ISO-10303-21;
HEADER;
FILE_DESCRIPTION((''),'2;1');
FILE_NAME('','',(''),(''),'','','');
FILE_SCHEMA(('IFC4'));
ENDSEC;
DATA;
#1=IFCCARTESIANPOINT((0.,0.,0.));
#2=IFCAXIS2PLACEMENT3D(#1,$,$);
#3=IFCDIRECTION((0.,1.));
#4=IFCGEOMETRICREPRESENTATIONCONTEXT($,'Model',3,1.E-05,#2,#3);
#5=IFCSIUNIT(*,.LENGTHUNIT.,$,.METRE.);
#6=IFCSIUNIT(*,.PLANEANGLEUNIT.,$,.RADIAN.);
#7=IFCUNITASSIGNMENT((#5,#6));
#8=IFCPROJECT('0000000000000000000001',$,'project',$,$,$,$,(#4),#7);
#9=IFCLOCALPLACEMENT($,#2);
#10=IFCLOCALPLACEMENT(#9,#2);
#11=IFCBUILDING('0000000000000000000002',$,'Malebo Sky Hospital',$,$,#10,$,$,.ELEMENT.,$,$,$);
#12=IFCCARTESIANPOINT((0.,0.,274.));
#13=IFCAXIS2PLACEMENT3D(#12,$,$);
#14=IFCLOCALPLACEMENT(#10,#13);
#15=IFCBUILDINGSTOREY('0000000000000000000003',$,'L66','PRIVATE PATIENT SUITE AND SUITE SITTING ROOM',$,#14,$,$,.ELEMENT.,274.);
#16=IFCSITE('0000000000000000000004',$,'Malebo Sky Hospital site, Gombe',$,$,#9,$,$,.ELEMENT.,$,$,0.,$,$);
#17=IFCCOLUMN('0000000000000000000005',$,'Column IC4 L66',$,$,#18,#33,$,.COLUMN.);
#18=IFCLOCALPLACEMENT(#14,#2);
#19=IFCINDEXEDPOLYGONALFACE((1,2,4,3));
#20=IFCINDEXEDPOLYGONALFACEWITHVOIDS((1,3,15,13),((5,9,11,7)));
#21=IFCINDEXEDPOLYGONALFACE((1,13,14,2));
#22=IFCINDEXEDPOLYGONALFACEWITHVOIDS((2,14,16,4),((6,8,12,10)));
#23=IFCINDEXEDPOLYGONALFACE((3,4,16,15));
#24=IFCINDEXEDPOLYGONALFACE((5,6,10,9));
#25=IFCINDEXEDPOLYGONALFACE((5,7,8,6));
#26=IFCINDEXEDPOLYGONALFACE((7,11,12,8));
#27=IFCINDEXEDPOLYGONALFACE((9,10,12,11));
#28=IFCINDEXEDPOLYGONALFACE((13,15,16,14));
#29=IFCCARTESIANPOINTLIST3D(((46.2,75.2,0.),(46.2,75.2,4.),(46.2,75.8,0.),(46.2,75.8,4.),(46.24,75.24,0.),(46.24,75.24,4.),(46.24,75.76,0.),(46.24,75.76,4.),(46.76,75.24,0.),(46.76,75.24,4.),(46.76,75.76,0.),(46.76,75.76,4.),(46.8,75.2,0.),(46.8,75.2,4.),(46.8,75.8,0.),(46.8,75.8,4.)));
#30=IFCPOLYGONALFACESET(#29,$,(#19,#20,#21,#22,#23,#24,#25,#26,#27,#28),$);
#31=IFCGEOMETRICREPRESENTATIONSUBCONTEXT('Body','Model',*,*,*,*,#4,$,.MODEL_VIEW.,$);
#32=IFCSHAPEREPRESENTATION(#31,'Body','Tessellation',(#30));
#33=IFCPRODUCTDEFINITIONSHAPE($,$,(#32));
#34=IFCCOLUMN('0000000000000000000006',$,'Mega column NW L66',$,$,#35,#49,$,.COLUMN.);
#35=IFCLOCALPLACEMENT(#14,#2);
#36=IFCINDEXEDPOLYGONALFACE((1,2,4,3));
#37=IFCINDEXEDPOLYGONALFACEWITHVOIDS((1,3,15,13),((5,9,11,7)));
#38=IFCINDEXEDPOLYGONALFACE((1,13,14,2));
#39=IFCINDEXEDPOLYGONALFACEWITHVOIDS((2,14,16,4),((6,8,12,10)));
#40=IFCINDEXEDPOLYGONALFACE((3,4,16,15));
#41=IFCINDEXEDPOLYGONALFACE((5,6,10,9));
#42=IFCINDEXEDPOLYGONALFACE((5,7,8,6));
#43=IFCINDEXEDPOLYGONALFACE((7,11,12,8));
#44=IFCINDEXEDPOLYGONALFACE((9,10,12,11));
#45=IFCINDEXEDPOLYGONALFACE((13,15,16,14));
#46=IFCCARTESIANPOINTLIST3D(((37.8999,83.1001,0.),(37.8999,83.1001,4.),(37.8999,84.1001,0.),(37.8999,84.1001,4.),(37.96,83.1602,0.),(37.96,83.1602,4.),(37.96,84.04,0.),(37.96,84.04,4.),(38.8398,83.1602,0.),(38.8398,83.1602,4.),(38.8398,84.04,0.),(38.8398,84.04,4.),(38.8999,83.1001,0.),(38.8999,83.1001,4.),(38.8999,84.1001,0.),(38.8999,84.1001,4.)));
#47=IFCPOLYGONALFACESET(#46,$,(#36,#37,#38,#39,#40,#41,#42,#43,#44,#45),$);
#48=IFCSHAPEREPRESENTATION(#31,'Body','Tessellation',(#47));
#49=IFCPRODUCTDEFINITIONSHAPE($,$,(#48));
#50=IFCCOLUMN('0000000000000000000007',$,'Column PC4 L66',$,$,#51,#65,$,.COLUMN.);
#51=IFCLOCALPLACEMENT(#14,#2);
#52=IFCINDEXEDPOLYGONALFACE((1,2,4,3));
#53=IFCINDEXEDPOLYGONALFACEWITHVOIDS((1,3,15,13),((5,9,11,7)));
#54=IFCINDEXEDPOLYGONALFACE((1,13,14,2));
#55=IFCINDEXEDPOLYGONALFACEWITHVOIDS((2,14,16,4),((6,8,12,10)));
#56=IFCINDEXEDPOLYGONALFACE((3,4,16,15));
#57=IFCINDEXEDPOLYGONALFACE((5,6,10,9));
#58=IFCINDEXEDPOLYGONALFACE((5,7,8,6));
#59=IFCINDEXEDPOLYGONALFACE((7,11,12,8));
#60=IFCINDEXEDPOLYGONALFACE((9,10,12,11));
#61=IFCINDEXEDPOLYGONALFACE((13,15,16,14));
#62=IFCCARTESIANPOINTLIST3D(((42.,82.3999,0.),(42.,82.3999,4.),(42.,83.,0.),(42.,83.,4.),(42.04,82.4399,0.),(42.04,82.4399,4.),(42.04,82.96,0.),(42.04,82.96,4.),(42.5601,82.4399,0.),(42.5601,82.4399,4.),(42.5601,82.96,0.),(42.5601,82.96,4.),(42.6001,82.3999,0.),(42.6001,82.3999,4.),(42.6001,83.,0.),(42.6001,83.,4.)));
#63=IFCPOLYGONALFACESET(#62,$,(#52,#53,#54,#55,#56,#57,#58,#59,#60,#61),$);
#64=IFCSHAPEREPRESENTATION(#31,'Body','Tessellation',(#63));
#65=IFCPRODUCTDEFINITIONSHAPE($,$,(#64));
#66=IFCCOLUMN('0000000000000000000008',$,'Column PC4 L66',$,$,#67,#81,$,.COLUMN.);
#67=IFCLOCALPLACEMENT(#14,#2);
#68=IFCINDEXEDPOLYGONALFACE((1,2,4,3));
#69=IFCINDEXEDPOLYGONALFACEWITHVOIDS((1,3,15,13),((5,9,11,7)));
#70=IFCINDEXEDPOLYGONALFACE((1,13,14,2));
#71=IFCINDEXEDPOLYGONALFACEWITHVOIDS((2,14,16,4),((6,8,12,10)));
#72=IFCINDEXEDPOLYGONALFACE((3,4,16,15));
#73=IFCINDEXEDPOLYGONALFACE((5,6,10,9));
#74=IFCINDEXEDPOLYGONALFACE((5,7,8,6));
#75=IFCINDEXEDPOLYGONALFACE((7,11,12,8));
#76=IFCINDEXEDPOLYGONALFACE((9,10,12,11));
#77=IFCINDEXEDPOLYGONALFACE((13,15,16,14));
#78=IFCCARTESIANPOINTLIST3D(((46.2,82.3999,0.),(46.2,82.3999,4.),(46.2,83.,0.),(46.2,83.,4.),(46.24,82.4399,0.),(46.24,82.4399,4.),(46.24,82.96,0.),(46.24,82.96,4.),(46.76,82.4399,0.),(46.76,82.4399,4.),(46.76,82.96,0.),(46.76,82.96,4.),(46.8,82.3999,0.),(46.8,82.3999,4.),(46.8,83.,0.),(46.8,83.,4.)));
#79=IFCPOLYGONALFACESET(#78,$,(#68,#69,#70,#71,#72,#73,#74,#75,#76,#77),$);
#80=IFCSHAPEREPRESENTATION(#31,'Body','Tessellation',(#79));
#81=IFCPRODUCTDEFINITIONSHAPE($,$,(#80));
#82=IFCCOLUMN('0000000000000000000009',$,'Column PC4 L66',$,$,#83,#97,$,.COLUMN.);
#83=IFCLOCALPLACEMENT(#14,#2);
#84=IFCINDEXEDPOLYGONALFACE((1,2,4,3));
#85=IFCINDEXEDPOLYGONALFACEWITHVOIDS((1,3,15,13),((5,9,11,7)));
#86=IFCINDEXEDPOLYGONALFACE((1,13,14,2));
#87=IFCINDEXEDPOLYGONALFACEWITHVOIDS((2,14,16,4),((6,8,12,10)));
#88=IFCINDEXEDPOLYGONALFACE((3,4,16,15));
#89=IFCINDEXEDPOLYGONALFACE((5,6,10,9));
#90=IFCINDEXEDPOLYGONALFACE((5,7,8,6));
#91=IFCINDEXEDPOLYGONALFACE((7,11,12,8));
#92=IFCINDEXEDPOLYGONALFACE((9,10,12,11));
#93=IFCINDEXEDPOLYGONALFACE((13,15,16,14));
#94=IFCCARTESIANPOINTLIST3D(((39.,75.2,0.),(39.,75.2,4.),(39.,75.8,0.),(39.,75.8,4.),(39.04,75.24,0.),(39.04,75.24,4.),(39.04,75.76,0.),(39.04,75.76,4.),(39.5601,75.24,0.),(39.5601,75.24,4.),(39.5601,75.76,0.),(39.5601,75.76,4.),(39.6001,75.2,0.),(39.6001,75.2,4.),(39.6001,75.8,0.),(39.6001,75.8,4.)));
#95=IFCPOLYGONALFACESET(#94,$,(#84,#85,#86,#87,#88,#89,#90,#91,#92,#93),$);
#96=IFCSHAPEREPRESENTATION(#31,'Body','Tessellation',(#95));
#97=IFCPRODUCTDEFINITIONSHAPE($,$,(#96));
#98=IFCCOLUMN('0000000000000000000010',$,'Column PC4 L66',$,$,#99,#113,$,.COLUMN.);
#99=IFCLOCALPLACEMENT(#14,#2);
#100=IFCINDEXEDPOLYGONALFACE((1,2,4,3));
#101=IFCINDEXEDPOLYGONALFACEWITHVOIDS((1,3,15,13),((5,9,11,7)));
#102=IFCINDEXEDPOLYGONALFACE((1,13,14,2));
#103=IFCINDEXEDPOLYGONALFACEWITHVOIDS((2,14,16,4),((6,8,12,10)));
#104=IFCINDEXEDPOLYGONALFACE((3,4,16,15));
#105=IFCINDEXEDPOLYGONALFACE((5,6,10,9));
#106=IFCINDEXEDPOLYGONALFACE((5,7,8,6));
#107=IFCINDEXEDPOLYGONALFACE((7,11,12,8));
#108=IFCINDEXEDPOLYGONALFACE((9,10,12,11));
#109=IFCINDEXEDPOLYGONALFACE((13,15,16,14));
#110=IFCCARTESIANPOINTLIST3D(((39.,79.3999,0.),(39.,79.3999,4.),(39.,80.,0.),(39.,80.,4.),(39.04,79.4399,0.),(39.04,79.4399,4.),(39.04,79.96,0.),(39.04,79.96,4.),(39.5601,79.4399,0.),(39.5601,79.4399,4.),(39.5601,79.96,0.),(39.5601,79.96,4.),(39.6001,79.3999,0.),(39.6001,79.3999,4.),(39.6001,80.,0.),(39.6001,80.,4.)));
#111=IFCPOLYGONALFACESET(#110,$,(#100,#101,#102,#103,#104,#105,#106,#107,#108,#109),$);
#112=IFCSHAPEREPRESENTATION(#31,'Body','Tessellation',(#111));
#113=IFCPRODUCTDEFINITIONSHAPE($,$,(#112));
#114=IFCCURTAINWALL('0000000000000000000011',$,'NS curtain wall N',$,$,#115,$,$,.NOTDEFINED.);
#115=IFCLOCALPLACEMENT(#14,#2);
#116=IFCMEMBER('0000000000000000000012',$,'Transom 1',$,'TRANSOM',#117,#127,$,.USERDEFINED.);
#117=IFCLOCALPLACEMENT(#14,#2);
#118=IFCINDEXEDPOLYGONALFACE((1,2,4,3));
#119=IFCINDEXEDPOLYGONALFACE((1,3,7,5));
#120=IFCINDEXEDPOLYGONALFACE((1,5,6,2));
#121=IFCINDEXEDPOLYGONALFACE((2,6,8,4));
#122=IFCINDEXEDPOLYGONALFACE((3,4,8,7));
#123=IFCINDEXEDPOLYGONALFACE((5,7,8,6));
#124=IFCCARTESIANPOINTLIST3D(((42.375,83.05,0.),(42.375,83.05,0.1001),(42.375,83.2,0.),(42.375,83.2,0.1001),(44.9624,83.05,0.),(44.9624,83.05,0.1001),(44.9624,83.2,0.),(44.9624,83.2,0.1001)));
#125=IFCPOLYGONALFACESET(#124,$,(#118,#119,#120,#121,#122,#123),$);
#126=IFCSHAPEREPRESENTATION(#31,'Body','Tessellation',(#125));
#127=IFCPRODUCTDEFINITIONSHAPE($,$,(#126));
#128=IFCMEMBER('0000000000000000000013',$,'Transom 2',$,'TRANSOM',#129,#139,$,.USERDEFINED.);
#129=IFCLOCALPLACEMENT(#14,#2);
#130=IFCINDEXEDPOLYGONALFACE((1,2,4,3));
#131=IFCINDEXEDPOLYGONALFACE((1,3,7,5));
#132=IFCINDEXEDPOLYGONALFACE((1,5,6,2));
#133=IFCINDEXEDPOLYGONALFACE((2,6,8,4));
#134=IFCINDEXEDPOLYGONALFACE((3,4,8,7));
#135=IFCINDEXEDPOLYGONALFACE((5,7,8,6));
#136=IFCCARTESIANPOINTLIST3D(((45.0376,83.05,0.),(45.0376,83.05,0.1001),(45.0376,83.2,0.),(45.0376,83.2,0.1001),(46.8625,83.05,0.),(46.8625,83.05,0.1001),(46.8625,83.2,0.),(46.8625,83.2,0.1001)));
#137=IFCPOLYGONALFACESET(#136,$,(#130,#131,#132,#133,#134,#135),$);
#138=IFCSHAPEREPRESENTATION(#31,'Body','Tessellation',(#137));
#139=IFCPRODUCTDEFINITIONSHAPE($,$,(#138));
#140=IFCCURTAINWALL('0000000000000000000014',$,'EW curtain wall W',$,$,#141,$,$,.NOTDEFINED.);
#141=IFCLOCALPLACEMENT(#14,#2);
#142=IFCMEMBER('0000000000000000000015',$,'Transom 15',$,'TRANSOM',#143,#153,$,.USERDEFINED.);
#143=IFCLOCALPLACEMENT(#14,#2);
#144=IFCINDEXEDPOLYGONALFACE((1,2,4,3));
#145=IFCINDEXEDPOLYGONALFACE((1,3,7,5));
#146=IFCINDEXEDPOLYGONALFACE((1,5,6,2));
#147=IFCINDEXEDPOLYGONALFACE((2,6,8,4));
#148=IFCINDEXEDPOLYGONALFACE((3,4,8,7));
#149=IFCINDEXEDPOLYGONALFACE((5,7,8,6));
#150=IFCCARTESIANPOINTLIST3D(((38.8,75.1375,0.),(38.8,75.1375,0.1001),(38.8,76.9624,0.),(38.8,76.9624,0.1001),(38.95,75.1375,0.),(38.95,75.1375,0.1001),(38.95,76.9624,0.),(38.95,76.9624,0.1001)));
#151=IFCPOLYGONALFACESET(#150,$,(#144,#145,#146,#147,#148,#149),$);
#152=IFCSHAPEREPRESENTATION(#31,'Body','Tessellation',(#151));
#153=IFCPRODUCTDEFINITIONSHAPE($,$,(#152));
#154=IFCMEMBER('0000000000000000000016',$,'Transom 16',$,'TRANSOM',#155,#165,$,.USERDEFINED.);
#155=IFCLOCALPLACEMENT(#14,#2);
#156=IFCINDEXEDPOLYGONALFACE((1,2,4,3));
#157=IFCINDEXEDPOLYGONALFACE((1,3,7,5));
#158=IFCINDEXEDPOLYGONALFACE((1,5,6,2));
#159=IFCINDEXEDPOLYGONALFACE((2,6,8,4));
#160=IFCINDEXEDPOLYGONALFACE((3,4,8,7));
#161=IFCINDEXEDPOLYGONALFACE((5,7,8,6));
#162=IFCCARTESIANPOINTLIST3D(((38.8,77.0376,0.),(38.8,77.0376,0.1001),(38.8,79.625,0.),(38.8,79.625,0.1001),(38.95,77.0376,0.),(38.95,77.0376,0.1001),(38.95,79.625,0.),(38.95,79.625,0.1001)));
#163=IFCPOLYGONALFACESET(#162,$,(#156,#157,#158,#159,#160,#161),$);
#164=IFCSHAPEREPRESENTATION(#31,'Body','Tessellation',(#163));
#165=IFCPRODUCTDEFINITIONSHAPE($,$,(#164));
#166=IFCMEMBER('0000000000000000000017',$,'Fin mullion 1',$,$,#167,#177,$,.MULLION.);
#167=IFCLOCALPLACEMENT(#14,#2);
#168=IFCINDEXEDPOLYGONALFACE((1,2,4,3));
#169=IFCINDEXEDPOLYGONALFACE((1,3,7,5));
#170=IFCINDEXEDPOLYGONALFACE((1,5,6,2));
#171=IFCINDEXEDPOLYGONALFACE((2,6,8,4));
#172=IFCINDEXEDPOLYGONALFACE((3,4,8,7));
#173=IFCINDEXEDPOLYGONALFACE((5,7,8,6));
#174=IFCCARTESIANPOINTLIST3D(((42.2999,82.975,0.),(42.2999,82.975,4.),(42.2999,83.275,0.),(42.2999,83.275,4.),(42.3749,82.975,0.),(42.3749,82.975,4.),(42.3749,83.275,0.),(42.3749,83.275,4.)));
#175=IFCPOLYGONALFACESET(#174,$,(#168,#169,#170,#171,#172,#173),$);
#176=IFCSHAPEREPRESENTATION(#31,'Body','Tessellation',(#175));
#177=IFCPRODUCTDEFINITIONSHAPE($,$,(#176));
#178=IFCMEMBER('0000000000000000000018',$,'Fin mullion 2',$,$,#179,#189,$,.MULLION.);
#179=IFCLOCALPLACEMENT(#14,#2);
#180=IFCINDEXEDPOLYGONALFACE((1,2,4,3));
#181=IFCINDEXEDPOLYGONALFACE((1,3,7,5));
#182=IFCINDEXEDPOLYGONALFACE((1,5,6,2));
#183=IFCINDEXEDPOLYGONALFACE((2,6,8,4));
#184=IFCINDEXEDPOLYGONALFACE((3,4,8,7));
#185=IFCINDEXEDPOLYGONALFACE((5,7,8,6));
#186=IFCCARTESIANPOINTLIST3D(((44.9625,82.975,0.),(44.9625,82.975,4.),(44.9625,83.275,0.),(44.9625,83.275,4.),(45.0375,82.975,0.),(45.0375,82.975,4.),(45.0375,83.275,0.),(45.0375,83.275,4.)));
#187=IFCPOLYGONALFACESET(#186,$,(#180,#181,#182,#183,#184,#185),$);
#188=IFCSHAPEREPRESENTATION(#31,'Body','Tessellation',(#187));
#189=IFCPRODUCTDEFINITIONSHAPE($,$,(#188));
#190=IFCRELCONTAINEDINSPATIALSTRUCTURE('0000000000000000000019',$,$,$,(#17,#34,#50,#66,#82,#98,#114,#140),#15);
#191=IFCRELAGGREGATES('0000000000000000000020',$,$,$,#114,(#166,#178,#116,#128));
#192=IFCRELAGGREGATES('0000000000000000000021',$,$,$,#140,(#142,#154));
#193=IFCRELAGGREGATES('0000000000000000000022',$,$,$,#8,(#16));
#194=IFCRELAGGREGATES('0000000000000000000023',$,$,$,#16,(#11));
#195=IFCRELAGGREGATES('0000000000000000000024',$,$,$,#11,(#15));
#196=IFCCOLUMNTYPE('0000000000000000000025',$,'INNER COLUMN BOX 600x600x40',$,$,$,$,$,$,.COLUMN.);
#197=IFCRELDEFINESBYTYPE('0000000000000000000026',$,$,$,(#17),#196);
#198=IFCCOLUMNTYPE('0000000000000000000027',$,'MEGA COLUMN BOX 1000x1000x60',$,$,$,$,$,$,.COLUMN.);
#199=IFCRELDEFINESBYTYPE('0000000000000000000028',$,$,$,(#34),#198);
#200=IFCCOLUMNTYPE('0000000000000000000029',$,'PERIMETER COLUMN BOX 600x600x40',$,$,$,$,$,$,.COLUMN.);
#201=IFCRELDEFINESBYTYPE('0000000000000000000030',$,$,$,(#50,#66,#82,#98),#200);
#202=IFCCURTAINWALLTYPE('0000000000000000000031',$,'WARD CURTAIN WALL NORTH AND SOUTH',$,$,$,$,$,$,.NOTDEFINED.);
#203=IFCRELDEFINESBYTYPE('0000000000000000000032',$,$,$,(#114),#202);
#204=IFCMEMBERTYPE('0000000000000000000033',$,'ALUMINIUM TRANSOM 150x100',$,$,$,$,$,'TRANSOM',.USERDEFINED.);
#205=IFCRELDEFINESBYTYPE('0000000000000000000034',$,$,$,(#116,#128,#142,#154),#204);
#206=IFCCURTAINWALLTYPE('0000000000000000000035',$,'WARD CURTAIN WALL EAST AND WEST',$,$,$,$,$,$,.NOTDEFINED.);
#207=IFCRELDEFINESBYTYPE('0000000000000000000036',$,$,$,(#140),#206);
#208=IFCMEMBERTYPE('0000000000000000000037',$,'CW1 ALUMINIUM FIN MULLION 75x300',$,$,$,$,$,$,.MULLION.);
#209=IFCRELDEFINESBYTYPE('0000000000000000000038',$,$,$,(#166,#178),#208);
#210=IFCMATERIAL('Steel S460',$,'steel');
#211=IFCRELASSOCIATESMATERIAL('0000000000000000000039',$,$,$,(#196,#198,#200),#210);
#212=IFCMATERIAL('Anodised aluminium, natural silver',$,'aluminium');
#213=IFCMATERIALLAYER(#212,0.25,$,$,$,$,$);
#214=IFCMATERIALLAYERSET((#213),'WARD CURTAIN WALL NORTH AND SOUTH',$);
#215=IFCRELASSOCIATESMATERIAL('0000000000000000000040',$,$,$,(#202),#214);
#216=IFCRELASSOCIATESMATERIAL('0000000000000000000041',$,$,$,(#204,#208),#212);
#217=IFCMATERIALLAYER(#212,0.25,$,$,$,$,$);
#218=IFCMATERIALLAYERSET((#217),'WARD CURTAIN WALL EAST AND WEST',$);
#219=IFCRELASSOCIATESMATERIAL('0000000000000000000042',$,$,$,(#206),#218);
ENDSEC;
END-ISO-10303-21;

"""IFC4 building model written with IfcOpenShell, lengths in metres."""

from ifc_helpers import new_model, si_unit, direction, frame, origin, origin_2d, place, context, subcontext, project, spatial, rectangle, hollow_rectangle, extrude, material, layer, layer_set, material_profile, profile_set, type_object, element, aggregate, save


model = new_model("IFC4")

# Units and contexts
model_context = context("Model", 3, precision=1e-05, world=origin(), true_north=direction((0.0, 1.0)))
body_context = subcontext(model_context, "Body", "Model", "MODEL_VIEW")
ifc_project = project(units=[si_unit("LENGTHUNIT", "METRE"), si_unit("PLANEANGLEUNIT", "RADIAN")], contexts=[model_context])

# Site, building, storey
site_placement = place(None, origin())
site = spatial("IfcSite", under=ifc_project, at=site_placement, Name="Malebo Sky Hospital site, Gombe", CompositionType="ELEMENT", RefElevation=0.0)
building_placement = place(site_placement, origin())
building = spatial("IfcBuilding", under=site, at=building_placement, Name="Malebo Sky Hospital", CompositionType="ELEMENT")
storey_placement = place(building_placement, frame((0.0, 0.0, 274.0)))
storey = spatial("IfcBuildingStorey", under=building, at=storey_placement, Name="L66", Description="PRIVATE PATIENT SUITE AND SUITE SITTING ROOM", CompositionType="ELEMENT", Elevation=274.0)

# Columns
ifc_material_1 = material(Name="Steel S460", Category="steel")
ifc_material_profile_1 = material_profile(ifc_material_1, hollow_rectangle(XDim=0.6001, YDim=0.6001, WallThickness=0.04, at=origin_2d()), Name="BOX 600x600x40")
ifc_profile_set_1 = profile_set([ifc_material_profile_1], Name="Steel S460")
column_type_1 = type_object("IfcColumnType", Name="INNER COLUMN BOX 600x600x40", PredefinedType="COLUMN", material=ifc_profile_set_1)
column_1_placement = place(storey_placement, frame((46.5, 75.5, 0.0), z_axis=(0.0, 0.0, 1.0), x_axis=(1.0, 0.0, 0.0)))
element("IfcColumn", 1, at=column_1_placement, inside=storey, type_object=column_type_1, Name="Column IC4 L66", PredefinedType="COLUMN", context=body_context, shape_type="SweptSolid", body=[
    extrude(hollow_rectangle(XDim=0.6001, YDim=0.6001, WallThickness=0.04, at=origin_2d()), origin(), (0.0, 0.0, 1.0), 4.0),
])
ifc_material_profile_2 = material_profile(ifc_material_1, hollow_rectangle(XDim=1.0, YDim=1.0, WallThickness=0.0601, at=origin_2d()), Name="BOX 1000x1000x60")
ifc_profile_set_2 = profile_set([ifc_material_profile_2], Name="Steel S460")
column_type_2 = type_object("IfcColumnType", Name="MEGA COLUMN BOX 1000x1000x60", PredefinedType="COLUMN", material=ifc_profile_set_2)
column_2_placement = place(storey_placement, frame((38.3999, 83.6001, 0.0), z_axis=(0.0, 0.0, 1.0), x_axis=(1.0, 0.0, 0.0)))
element("IfcColumn", 2, at=column_2_placement, inside=storey, type_object=column_type_2, Name="Mega column NW L66", PredefinedType="COLUMN", context=body_context, shape_type="SweptSolid", body=[
    extrude(hollow_rectangle(XDim=1.0, YDim=1.0, WallThickness=0.0601, at=origin_2d()), origin(), (0.0, 0.0, 1.0), 4.0),
])
ifc_material_profile_3 = material_profile(ifc_material_1, hollow_rectangle(XDim=0.6001, YDim=0.6001, WallThickness=0.04, at=origin_2d()), Name="BOX 600x600x40")
ifc_profile_set_3 = profile_set([ifc_material_profile_3], Name="Steel S460")
column_type_3 = type_object("IfcColumnType", Name="PERIMETER COLUMN BOX 600x600x40", PredefinedType="COLUMN", material=ifc_profile_set_3)
for number, where, z_axis, x_axis, name in (
    (3, (42.3, 82.7, 0.0), (0.0, 0.0, 1.0), (1.0, 0.0, 0.0), "Column PC4 L66"),
    (4, (46.5, 82.7, 0.0), (0.0, 0.0, 1.0), (1.0, 0.0, 0.0), "Column PC4 L66"),
    (5, (39.3, 75.5, 0.0), (0.0, 0.0, 1.0), (1.0, 0.0, 0.0), "Column PC4 L66"),
    (6, (39.3, 79.7, 0.0), (0.0, 0.0, 1.0), (1.0, 0.0, 0.0), "Column PC4 L66"),
):
    element("IfcColumn", number, at=place(storey_placement, frame(where, z_axis=z_axis, x_axis=x_axis)), inside=storey, type_object=column_type_3, Name=name, PredefinedType="COLUMN", context=body_context, shape_type="SweptSolid", body=[
        extrude(hollow_rectangle(XDim=0.6001, YDim=0.6001, WallThickness=0.04, at=origin_2d()), origin(), (0.0, 0.0, 1.0), 4.0),
    ])

# Curtain walls, members
ifc_material_2 = material(Name="Anodised aluminium, natural silver", Category="aluminium")
ifc_layer_1 = layer(ifc_material_2, 0.25)
ifc_layer_set_1 = layer_set([ifc_layer_1], Name="WARD CURTAIN WALL NORTH AND SOUTH")
curtain_wall_type_1 = type_object("IfcCurtainWallType", Name="WARD CURTAIN WALL NORTH AND SOUTH", PredefinedType="NOTDEFINED", material=ifc_layer_set_1)
curtain_wall_1_placement = place(storey_placement, origin())
curtain_wall_1 = element("IfcCurtainWall", 7, at=curtain_wall_1_placement, inside=storey, type_object=curtain_wall_type_1, Name="NS curtain wall N", PredefinedType="NOTDEFINED")
ifc_material_profile_4 = material_profile(ifc_material_2, rectangle(XDim=0.1499, YDim=0.1001, at=origin_2d()), Name="ALUMINIUM TRANSOM 150x100")
ifc_profile_set_4 = profile_set([ifc_material_profile_4], Name="Anodised aluminium, natural silver")
member_type_1 = type_object("IfcMemberType", Name="ALUMINIUM TRANSOM 150x100", ElementType="TRANSOM", PredefinedType="USERDEFINED", material=ifc_profile_set_4)
member_1_placement = place(storey_placement, frame((42.375, 83.125, 0.05), z_axis=(1.0, 0.0, 0.0), x_axis=(0.0, 1.0, 0.0)))
member_1 = element("IfcMember", 8, at=member_1_placement, type_object=member_type_1, Name="Transom 1", ObjectType="TRANSOM", PredefinedType="USERDEFINED", context=body_context, shape_type="SweptSolid", body=[
    extrude(rectangle(XDim=0.1499, YDim=0.1001, at=origin_2d()), origin(), (0.0, 0.0, 1.0), 2.5874),
])
member_2_placement = place(storey_placement, frame((45.0376, 83.125, 0.05), z_axis=(1.0, 0.0, 0.0), x_axis=(0.0, 1.0, 0.0)))
member_2 = element("IfcMember", 9, at=member_2_placement, type_object=member_type_1, Name="Transom 2", ObjectType="TRANSOM", PredefinedType="USERDEFINED", context=body_context, shape_type="SweptSolid", body=[
    extrude(rectangle(XDim=0.1499, YDim=0.1001, at=origin_2d()), origin(), (0.0, 0.0, 1.0), 1.825),
])
ifc_layer_2 = layer(ifc_material_2, 0.25)
ifc_layer_set_2 = layer_set([ifc_layer_2], Name="WARD CURTAIN WALL EAST AND WEST")
curtain_wall_type_2 = type_object("IfcCurtainWallType", Name="WARD CURTAIN WALL EAST AND WEST", PredefinedType="NOTDEFINED", material=ifc_layer_set_2)
curtain_wall_2_placement = place(storey_placement, origin())
curtain_wall_2 = element("IfcCurtainWall", 10, at=curtain_wall_2_placement, inside=storey, type_object=curtain_wall_type_2, Name="EW curtain wall W", PredefinedType="NOTDEFINED")
member_3_placement = place(storey_placement, frame((38.875, 75.1375, 0.05), z_axis=(0.0, 1.0, 0.0), x_axis=(-1.0, 0.0, 0.0)))
member_3 = element("IfcMember", 11, at=member_3_placement, type_object=member_type_1, Name="Transom 15", ObjectType="TRANSOM", PredefinedType="USERDEFINED", context=body_context, shape_type="SweptSolid", body=[
    extrude(rectangle(XDim=0.1499, YDim=0.1001, at=origin_2d()), origin(), (0.0, 0.0, 1.0), 1.825),
])
member_4_placement = place(storey_placement, frame((38.875, 77.0376, 0.05), z_axis=(0.0, 1.0, 0.0), x_axis=(-1.0, 0.0, 0.0)))
member_4 = element("IfcMember", 12, at=member_4_placement, type_object=member_type_1, Name="Transom 16", ObjectType="TRANSOM", PredefinedType="USERDEFINED", context=body_context, shape_type="SweptSolid", body=[
    extrude(rectangle(XDim=0.1499, YDim=0.1001, at=origin_2d()), origin(), (0.0, 0.0, 1.0), 2.5874),
])

# Members
ifc_material_profile_5 = material_profile(ifc_material_2, rectangle(XDim=0.075, YDim=0.3, at=origin_2d()), Name="CW1 ALUMINIUM FIN MULLION 75x300")
ifc_profile_set_5 = profile_set([ifc_material_profile_5], Name="Anodised aluminium, natural silver")
member_type_2 = type_object("IfcMemberType", Name="CW1 ALUMINIUM FIN MULLION 75x300", PredefinedType="MULLION", material=ifc_profile_set_5)
member_5_placement = place(storey_placement, frame((42.3374, 83.125, 0.0), z_axis=(0.0, 0.0, 1.0), x_axis=(1.0, 0.0, 0.0)))
member_5 = element("IfcMember", 13, at=member_5_placement, type_object=member_type_2, Name="Fin mullion 1", PredefinedType="MULLION", context=body_context, shape_type="SweptSolid", body=[
    extrude(rectangle(XDim=0.075, YDim=0.3, at=origin_2d()), origin(), (0.0, 0.0, 1.0), 4.0),
])
member_6_placement = place(storey_placement, frame((45.0, 83.125, 0.0), z_axis=(0.0, 0.0, 1.0), x_axis=(1.0, 0.0, 0.0)))
member_6 = element("IfcMember", 14, at=member_6_placement, type_object=member_type_2, Name="Fin mullion 2", PredefinedType="MULLION", context=body_context, shape_type="SweptSolid", body=[
    extrude(rectangle(XDim=0.075, YDim=0.3, at=origin_2d()), origin(), (0.0, 0.0, 1.0), 4.0),
])

aggregate(curtain_wall_1, [member_5, member_6, member_1, member_2])
aggregate(curtain_wall_2, [member_3, member_4])

save(model, "model.ifc")
